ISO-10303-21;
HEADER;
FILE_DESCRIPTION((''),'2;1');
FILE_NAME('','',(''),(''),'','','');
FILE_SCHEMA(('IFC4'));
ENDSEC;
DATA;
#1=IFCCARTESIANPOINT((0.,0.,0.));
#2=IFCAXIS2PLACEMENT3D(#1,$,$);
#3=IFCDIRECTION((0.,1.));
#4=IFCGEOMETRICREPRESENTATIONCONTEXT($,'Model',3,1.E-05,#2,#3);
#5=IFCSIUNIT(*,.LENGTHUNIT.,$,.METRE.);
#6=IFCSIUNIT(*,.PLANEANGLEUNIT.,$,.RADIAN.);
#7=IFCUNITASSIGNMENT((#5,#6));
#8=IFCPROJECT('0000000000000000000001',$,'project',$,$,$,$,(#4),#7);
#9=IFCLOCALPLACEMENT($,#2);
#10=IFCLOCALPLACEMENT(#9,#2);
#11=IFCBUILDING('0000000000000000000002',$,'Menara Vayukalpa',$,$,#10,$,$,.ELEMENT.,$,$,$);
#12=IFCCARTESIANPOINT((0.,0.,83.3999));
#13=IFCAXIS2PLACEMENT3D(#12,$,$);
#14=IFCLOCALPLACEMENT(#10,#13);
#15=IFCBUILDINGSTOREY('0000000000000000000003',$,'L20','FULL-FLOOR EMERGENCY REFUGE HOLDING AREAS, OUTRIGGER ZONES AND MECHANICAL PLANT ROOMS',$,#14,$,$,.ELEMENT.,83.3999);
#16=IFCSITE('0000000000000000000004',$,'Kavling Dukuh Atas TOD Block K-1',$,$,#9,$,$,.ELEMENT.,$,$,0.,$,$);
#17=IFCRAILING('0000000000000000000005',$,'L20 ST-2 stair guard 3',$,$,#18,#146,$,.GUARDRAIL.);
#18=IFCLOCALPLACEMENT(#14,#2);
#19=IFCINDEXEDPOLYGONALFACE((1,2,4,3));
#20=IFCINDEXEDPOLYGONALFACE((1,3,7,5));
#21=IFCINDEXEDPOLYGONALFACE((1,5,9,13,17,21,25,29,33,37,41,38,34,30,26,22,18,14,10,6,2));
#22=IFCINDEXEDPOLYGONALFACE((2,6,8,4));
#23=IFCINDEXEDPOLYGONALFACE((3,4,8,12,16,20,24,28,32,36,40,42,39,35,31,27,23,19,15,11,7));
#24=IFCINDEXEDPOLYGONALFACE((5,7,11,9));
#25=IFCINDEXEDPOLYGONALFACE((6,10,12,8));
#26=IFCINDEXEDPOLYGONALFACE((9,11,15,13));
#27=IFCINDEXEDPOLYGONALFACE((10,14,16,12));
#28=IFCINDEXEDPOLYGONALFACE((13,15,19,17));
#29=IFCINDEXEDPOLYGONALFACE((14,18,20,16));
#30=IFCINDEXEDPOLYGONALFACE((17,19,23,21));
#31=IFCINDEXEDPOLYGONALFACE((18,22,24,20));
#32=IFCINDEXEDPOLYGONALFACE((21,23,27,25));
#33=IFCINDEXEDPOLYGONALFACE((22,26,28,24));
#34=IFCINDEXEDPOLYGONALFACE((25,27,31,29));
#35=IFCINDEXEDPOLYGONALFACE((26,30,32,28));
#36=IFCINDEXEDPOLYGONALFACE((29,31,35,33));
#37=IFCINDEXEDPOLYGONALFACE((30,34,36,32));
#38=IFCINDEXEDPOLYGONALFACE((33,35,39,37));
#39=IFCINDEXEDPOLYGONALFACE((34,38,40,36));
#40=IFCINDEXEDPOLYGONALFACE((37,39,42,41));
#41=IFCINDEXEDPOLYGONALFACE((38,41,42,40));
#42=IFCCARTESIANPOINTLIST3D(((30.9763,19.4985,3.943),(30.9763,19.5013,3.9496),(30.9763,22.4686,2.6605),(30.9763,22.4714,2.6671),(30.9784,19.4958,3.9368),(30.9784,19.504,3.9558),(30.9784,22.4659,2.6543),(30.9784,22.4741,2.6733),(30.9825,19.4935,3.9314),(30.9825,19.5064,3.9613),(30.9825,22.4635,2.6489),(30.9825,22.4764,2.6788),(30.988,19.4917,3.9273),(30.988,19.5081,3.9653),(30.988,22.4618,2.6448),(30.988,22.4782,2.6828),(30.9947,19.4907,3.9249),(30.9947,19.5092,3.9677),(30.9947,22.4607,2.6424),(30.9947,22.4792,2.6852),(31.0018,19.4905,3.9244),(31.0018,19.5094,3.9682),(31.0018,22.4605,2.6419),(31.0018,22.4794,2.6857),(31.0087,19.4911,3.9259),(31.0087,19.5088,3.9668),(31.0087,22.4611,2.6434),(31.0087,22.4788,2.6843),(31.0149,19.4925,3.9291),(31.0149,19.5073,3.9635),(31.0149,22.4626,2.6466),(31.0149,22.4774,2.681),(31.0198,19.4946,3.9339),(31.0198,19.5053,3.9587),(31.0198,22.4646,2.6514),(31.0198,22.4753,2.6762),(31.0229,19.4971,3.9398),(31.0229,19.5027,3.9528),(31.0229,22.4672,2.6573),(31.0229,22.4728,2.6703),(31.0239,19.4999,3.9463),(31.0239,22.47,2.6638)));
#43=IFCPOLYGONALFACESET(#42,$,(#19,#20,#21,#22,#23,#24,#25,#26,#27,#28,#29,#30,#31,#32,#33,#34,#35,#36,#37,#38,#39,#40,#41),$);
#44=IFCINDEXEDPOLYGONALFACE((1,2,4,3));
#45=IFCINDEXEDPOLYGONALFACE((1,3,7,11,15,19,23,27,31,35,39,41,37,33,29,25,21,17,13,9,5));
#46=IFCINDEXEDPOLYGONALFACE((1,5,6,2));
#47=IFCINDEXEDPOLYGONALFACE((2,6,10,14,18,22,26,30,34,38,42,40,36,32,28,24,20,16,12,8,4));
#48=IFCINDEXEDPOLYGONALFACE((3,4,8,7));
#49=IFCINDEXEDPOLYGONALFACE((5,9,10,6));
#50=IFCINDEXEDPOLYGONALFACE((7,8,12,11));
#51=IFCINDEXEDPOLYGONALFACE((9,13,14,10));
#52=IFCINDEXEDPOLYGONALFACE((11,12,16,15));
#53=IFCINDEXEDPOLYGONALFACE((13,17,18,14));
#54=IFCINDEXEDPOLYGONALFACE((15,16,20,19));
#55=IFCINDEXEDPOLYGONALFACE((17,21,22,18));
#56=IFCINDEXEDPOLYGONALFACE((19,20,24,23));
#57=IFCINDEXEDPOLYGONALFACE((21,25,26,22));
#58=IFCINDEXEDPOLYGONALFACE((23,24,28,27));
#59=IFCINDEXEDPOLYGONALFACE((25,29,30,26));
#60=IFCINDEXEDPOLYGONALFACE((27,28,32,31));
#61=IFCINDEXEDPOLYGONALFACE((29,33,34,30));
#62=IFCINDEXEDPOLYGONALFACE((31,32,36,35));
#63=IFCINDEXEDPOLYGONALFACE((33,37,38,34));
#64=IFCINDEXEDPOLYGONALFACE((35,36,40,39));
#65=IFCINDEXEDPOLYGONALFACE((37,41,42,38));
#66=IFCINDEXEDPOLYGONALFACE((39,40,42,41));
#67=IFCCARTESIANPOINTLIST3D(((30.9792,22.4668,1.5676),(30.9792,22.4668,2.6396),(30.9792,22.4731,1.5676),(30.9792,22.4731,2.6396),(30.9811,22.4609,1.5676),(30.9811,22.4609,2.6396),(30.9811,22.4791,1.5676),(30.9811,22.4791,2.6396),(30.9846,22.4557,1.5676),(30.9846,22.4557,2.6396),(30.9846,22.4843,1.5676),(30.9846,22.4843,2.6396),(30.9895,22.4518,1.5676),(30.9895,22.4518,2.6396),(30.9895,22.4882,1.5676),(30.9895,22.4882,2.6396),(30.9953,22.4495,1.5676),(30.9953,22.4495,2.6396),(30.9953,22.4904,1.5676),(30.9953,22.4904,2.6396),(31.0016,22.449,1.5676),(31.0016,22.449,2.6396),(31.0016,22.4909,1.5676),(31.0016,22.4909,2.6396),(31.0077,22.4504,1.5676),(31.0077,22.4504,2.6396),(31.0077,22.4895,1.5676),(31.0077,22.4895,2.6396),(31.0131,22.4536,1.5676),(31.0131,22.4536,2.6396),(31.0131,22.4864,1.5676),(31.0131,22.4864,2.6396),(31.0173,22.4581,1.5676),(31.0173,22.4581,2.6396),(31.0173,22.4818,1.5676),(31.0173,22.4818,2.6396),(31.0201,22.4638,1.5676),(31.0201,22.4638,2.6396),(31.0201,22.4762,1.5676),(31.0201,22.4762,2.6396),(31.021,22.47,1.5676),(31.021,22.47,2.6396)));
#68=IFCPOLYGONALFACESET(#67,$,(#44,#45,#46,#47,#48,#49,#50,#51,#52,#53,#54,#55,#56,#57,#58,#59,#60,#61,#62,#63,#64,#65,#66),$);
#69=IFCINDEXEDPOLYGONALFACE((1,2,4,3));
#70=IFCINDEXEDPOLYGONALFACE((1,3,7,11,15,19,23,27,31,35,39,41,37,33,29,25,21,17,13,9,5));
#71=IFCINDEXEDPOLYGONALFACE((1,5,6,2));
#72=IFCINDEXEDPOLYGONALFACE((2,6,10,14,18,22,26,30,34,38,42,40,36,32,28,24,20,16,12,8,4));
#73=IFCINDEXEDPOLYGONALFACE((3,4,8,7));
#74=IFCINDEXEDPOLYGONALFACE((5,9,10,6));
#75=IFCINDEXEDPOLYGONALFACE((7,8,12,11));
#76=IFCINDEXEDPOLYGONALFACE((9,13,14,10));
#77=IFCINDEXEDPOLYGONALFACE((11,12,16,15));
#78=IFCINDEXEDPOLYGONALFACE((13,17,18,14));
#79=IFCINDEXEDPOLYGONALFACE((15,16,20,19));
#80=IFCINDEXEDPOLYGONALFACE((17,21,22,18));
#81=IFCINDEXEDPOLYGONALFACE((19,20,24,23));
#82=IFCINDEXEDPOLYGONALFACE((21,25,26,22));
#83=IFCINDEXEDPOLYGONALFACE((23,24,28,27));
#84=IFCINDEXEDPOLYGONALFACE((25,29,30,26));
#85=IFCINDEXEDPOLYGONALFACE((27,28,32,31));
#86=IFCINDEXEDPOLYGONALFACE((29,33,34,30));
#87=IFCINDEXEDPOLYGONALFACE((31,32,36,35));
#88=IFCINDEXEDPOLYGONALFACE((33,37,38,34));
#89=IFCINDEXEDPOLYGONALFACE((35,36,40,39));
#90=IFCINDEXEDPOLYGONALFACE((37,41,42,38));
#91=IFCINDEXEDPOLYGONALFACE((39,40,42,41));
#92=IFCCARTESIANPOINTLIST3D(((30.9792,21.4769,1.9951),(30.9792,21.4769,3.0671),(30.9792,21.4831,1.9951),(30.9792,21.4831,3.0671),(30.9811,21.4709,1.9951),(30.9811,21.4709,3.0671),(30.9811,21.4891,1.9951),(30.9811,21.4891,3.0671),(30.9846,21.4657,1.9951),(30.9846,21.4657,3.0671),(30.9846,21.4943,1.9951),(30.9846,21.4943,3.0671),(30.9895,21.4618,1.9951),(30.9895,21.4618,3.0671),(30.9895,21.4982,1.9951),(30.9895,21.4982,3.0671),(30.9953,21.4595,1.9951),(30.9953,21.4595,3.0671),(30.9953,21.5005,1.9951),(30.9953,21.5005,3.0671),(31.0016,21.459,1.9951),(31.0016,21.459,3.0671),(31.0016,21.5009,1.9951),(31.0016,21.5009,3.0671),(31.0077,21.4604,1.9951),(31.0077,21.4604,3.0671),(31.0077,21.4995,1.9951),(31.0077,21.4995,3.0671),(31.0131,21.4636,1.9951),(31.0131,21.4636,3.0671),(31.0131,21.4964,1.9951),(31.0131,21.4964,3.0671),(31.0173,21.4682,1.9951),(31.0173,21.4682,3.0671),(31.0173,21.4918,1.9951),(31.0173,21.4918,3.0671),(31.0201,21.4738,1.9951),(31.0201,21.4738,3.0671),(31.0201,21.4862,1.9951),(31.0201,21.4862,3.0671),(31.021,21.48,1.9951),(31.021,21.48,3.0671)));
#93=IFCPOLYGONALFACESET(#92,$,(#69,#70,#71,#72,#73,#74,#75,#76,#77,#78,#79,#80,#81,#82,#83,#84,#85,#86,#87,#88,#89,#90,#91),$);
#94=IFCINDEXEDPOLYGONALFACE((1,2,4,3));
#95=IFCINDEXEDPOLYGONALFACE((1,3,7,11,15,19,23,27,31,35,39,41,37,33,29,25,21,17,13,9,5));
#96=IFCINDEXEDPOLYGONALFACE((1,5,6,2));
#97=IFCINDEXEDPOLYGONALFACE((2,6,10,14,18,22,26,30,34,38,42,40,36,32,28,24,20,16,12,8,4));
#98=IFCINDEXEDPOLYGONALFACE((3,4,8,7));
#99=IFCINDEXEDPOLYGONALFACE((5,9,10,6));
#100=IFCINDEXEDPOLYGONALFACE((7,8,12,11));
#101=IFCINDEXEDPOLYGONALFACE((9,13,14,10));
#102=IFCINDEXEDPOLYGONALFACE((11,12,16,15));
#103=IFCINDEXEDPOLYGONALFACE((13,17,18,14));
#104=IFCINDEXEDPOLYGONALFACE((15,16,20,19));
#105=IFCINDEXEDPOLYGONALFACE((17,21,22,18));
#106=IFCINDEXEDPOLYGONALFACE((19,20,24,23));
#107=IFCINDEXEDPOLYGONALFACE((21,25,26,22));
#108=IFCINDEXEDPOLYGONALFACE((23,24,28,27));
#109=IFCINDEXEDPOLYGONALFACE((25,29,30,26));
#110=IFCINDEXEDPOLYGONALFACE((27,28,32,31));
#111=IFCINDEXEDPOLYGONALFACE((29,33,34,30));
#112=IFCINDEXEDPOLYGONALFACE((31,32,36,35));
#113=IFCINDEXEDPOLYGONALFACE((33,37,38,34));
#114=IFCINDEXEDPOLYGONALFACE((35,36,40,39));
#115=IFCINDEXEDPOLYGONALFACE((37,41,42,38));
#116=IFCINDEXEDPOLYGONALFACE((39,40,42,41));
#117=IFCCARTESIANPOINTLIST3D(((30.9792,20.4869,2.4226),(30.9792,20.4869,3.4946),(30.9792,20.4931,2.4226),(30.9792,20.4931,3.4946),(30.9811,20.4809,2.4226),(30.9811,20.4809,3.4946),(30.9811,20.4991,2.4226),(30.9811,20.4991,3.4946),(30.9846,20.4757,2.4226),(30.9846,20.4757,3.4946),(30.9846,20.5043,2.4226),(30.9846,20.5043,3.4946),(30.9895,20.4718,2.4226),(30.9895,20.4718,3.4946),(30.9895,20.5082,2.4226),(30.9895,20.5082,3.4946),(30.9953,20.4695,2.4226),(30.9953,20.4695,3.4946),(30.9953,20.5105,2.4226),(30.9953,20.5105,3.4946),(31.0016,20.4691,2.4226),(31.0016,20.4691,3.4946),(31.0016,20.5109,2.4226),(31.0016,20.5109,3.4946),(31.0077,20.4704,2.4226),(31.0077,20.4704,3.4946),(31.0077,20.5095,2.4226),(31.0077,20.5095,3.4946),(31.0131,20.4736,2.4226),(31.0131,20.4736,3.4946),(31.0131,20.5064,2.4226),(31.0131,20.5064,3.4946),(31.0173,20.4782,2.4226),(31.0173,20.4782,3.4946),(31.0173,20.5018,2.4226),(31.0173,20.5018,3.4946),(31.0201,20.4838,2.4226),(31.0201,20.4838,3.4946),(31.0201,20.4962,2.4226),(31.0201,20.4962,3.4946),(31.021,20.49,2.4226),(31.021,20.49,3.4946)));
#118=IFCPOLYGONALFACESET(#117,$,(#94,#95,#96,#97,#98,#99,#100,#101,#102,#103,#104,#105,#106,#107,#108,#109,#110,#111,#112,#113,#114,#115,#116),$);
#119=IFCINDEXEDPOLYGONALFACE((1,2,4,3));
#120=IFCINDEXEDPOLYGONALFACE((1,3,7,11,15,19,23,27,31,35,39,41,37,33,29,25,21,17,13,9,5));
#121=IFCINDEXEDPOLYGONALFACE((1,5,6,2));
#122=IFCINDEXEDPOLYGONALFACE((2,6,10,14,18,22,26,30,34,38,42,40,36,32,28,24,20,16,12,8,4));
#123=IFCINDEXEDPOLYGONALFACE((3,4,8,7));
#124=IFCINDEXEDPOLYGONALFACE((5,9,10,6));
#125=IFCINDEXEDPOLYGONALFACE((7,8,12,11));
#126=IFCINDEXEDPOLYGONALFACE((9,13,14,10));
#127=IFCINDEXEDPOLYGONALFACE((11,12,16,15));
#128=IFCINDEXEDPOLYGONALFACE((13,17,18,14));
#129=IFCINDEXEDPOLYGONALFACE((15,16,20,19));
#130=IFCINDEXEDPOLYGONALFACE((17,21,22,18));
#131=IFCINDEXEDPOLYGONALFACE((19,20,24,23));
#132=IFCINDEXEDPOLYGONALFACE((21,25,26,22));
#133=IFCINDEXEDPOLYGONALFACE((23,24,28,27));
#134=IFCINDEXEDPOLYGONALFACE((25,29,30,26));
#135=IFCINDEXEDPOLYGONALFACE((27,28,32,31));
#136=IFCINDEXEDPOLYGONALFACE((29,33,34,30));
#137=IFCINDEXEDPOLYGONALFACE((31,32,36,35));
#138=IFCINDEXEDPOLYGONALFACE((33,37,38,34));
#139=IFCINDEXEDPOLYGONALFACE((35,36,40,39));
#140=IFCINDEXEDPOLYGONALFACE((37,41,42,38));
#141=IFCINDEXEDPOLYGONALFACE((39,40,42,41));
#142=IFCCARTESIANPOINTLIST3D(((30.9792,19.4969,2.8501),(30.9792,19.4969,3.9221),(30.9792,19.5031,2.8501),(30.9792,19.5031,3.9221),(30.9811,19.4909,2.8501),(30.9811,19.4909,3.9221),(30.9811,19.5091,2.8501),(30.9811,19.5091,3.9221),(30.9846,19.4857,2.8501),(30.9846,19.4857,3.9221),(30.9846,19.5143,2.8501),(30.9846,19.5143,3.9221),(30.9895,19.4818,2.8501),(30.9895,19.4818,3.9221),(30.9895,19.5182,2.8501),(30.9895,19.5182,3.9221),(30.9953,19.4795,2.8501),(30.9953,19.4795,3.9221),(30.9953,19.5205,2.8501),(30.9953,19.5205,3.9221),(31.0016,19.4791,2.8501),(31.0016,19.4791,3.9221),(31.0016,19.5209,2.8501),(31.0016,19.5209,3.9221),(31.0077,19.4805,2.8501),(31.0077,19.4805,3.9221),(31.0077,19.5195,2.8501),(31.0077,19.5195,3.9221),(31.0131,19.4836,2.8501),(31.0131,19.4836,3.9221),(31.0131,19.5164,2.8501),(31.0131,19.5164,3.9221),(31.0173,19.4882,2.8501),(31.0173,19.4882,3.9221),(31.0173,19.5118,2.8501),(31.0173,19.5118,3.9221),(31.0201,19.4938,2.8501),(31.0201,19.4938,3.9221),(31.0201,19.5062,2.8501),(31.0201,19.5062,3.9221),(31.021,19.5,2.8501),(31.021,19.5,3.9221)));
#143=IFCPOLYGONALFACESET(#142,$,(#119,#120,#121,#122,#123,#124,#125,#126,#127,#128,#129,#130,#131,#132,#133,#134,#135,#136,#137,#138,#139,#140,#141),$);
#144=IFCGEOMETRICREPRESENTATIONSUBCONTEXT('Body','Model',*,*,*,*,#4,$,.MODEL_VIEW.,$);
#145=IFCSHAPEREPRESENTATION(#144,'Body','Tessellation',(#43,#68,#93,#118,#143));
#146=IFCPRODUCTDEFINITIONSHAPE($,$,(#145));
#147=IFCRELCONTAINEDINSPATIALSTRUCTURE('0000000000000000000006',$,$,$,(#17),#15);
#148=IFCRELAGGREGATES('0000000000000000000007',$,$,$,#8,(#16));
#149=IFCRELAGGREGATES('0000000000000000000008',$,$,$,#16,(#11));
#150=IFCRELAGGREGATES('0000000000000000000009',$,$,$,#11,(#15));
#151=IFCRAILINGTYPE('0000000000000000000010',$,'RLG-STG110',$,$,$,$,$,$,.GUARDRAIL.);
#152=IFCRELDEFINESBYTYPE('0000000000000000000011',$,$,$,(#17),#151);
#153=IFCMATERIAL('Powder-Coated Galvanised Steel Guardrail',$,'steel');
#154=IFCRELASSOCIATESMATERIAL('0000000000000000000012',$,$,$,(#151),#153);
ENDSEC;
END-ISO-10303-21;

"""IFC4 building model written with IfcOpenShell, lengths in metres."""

from ifc_helpers import new_model, si_unit, direction, frame, origin, origin_2d, place, context, subcontext, project, spatial, circle, extrude, material, type_object, element, save


model = new_model("IFC4")

# Units and contexts
model_context = context("Model", 3, precision=1e-05, world=origin(), true_north=direction((0.0, 1.0)))
body_context = subcontext(model_context, "Body", "Model", "MODEL_VIEW")
ifc_project = project(units=[si_unit("LENGTHUNIT", "METRE"), si_unit("PLANEANGLEUNIT", "RADIAN")], contexts=[model_context])

# Site, building, storey
site_placement = place(None, origin())
site = spatial("IfcSite", under=ifc_project, at=site_placement, Name="Kavling Dukuh Atas TOD Block K-1", CompositionType="ELEMENT", RefElevation=0.0)
building_placement = place(site_placement, origin())
building = spatial("IfcBuilding", under=site, at=building_placement, Name="Menara Vayukalpa", CompositionType="ELEMENT")
storey_placement = place(building_placement, frame((0.0, 0.0, 83.3999)))
storey = spatial("IfcBuildingStorey", under=building, at=storey_placement, Name="L20", Description="FULL-FLOOR EMERGENCY REFUGE HOLDING AREAS, OUTRIGGER ZONES AND MECHANICAL PLANT ROOMS", CompositionType="ELEMENT", Elevation=83.3999)

# Railing
ifc_material_1 = material(Name="Powder-Coated Galvanised Steel Guardrail", Category="steel")
railing_type_1 = type_object("IfcRailingType", Name="RLG-STG110", PredefinedType="GUARDRAIL", material=ifc_material_1)
railing_1_placement = place(storey_placement, frame((31.0, 22.47, 1.5676)))
element("IfcRailing", 1, at=railing_1_placement, inside=storey, type_object=railing_type_1, Name="L20 ST-2 stair guard 3", PredefinedType="GUARDRAIL", context=body_context, shape_type="SweptSolid", body=[
    extrude(circle(Radius=0.0239, at=origin_2d()), frame((0.0, 0.0, 1.0962), z_axis=(0.0, -0.918064, 0.396432), x_axis=(1.0, 0.0, 0.0)), (0.0, 0.0, 1.0), 3.2351),
    extrude(circle(Radius=0.021, at=origin_2d()), origin(), (0.0, 0.0, 1.0), 1.072),
    extrude(circle(Radius=0.021, at=origin_2d()), frame((0.0, -0.99, 0.4275)), (0.0, 0.0, 1.0), 1.072),
    extrude(circle(Radius=0.021, at=origin_2d()), frame((0.0, -1.98, 0.855)), (0.0, 0.0, 1.0), 1.072),
    extrude(circle(Radius=0.021, at=origin_2d()), frame((0.0, -2.97, 1.2825)), (0.0, 0.0, 1.0), 1.072),
])

save(model, "model.ifc")
